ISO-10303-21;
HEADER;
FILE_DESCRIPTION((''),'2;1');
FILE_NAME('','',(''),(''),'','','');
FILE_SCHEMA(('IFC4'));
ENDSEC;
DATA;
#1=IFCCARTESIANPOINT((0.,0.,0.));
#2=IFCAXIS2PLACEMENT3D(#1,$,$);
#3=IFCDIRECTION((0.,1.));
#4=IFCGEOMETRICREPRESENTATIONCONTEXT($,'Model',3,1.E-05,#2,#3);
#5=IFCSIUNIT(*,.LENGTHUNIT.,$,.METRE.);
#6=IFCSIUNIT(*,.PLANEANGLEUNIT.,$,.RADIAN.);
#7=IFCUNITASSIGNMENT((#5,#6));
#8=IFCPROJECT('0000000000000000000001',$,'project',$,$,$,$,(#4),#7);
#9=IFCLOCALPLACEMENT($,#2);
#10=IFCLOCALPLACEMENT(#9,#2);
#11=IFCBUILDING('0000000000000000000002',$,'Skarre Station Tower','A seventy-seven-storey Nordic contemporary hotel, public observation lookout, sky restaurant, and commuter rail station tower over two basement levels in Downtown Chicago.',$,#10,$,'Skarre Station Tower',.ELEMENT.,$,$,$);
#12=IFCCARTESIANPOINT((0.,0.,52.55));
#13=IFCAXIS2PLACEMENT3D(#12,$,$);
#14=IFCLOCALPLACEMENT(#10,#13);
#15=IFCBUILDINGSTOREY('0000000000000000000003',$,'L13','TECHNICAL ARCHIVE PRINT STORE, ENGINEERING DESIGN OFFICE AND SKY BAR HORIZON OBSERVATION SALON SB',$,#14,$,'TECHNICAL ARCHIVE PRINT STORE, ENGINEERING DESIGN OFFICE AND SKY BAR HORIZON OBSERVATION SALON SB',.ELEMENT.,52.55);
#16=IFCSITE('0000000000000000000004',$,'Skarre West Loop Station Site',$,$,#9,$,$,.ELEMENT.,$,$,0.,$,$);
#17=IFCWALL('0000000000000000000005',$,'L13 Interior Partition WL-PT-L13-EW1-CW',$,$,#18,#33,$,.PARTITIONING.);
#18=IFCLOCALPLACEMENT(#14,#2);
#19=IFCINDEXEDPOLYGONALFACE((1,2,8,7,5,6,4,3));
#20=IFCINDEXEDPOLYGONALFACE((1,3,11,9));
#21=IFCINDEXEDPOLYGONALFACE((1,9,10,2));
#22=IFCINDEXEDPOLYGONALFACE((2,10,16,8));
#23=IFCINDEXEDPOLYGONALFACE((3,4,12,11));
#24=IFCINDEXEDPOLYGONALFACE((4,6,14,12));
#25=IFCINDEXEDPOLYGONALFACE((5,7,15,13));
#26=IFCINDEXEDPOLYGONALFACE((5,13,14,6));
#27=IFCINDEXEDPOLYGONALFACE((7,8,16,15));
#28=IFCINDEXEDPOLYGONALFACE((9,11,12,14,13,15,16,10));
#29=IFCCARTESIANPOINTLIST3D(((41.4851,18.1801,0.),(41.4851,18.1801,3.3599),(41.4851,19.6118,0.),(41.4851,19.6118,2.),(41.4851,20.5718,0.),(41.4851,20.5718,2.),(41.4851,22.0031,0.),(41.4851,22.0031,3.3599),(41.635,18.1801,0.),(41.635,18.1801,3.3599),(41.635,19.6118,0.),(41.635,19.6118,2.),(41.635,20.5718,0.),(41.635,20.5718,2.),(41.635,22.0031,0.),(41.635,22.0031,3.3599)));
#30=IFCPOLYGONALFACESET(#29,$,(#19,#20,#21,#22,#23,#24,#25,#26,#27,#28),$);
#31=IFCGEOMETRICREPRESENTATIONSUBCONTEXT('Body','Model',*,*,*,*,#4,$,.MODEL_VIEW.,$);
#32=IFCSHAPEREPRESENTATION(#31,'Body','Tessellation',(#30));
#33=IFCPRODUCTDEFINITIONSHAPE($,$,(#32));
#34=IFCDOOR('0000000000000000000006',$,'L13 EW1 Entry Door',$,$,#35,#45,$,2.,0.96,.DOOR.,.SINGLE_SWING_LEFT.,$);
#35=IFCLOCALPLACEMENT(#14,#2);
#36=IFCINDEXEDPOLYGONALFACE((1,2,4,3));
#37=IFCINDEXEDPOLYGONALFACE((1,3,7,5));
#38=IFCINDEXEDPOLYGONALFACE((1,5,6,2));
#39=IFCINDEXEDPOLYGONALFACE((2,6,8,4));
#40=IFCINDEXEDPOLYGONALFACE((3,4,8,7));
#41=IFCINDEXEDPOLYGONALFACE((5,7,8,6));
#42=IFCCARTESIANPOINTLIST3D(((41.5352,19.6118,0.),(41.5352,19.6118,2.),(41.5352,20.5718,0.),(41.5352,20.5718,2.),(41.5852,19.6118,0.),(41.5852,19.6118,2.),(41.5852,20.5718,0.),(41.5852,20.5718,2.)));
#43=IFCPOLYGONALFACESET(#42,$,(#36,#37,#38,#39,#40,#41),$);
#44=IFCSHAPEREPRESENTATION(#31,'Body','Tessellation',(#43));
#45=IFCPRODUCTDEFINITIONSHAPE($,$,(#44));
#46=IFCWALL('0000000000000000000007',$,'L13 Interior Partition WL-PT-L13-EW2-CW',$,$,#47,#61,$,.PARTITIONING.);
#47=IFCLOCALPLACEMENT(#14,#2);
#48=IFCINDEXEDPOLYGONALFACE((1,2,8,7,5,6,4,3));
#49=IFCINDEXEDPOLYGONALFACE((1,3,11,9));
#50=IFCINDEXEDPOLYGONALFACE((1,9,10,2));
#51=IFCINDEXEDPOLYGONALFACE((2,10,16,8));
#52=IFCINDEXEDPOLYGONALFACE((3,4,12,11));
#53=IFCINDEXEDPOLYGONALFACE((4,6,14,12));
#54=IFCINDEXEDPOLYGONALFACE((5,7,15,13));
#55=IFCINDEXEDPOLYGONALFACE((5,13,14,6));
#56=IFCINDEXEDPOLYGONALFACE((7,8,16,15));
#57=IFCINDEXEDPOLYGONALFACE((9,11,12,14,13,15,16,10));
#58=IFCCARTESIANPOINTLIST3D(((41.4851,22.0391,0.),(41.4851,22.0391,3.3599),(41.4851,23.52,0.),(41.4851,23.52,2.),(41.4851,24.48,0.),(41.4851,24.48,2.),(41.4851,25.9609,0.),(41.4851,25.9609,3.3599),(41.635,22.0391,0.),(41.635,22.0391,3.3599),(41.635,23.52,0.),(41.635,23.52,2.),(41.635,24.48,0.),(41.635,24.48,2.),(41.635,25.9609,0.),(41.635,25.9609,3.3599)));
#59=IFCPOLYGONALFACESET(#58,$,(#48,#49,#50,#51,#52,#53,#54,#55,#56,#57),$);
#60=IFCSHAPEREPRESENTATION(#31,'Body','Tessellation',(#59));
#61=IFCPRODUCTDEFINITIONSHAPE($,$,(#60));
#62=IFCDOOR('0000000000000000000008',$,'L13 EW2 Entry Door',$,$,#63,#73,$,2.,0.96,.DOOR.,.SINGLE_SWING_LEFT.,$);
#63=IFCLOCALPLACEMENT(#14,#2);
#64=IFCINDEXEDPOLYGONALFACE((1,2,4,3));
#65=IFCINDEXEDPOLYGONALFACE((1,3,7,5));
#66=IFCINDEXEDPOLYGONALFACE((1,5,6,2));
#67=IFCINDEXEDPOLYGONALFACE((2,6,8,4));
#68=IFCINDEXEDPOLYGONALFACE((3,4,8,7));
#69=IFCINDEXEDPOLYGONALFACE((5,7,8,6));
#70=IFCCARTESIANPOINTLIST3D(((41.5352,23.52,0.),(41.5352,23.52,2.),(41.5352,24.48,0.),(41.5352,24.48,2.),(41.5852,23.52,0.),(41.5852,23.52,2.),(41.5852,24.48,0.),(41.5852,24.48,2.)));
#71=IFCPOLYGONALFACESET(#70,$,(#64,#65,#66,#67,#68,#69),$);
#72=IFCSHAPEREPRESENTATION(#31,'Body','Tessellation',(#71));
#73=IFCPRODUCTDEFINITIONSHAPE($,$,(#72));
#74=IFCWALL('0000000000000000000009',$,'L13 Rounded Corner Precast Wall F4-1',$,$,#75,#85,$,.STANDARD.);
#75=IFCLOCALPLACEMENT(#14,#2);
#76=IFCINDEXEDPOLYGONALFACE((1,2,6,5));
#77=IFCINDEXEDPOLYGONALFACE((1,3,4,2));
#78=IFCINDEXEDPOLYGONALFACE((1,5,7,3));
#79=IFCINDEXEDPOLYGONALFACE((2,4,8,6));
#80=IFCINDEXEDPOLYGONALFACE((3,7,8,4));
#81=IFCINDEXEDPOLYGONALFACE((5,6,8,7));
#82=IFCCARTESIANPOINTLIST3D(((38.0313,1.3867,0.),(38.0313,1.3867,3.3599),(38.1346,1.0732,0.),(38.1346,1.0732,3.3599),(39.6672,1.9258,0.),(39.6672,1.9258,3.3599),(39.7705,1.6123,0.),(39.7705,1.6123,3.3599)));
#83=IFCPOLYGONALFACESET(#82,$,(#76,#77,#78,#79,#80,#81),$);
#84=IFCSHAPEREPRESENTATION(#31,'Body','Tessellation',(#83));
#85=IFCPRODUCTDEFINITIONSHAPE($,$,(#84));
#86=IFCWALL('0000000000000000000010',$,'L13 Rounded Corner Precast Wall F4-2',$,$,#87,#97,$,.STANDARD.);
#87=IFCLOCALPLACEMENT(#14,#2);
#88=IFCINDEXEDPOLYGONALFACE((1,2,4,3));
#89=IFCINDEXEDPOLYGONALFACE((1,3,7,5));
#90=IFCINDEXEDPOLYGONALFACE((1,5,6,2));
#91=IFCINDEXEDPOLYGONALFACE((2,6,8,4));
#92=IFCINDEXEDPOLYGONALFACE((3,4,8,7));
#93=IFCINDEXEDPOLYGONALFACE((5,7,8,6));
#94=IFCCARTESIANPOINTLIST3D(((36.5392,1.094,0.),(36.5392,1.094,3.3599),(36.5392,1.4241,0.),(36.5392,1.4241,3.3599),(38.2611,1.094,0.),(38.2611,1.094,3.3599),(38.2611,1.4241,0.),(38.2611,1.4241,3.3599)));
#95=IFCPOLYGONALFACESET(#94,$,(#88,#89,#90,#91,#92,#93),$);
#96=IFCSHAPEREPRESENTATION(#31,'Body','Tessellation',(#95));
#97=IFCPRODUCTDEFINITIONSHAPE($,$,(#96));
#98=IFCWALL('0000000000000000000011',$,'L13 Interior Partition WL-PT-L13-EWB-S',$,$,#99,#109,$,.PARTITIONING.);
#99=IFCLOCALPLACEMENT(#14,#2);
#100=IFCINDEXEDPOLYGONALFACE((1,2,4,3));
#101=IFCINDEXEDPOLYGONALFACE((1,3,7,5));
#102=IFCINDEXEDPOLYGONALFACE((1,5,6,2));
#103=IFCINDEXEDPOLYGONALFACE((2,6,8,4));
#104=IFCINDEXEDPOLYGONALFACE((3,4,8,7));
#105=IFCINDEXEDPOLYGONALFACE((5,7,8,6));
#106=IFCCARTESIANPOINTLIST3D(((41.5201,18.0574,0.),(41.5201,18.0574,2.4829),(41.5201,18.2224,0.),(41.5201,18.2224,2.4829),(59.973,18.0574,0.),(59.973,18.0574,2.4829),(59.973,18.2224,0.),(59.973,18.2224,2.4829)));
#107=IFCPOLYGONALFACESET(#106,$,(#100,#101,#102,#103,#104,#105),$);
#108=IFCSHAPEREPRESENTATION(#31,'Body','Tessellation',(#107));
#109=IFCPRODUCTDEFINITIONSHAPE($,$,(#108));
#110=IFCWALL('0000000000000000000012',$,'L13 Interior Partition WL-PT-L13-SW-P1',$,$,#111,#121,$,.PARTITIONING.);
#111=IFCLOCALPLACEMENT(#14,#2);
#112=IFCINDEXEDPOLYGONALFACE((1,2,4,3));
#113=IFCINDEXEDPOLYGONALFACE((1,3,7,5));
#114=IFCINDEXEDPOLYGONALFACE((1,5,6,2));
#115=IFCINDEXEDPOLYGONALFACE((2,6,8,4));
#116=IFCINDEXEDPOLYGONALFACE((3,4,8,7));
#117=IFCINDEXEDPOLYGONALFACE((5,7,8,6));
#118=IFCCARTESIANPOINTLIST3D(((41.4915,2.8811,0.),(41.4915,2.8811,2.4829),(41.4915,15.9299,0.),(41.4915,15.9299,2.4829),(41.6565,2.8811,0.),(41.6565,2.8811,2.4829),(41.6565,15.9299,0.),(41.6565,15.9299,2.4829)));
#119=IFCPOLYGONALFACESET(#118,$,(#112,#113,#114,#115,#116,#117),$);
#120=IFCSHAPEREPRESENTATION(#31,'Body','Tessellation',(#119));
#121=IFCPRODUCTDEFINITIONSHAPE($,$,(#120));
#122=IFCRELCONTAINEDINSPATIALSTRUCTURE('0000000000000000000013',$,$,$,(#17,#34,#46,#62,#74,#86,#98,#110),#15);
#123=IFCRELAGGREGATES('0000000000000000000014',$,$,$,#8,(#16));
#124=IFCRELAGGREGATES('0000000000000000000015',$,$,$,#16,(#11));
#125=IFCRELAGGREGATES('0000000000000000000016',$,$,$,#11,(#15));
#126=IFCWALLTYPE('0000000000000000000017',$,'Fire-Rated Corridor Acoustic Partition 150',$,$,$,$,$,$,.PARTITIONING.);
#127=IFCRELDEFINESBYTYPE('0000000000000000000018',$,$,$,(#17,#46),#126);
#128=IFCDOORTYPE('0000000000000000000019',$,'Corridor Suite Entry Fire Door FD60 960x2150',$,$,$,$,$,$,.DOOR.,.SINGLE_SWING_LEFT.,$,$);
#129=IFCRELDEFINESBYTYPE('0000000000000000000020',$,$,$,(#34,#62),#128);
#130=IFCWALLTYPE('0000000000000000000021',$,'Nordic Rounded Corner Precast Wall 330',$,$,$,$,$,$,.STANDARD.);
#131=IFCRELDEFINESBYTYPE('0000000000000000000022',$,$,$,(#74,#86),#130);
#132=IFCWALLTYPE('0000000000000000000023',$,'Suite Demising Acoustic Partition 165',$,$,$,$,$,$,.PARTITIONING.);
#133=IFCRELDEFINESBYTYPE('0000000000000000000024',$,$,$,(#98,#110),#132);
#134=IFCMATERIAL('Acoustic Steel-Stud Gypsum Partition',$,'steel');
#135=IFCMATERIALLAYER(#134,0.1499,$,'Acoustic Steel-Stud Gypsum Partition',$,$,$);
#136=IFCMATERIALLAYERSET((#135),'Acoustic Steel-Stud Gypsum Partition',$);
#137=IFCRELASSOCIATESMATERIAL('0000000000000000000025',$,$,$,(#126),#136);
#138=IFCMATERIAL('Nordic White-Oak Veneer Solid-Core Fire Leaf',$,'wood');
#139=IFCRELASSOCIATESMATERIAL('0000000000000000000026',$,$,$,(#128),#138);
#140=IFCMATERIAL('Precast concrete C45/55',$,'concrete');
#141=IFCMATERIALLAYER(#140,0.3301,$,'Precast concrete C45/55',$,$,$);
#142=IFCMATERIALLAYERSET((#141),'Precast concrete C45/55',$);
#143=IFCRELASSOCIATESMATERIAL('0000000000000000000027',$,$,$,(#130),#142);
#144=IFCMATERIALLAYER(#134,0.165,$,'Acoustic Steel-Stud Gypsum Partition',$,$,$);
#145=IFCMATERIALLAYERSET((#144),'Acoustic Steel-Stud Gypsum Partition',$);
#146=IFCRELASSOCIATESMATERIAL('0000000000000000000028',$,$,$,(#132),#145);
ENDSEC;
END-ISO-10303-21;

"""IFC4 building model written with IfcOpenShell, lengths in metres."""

from ifc_helpers import new_model, si_unit, direction, frame, frame_2d, origin, place, context, subcontext, project, spatial, rectangle, extrude, material, layer, layer_set, type_object, element, fill, save


model = new_model("IFC4")

# Units and contexts
model_context = context("Model", 3, precision=1e-05, world=origin(), true_north=direction((0.0, 1.0)))
body_context = subcontext(model_context, "Body", "Model", "MODEL_VIEW")
ifc_project = project(units=[si_unit("LENGTHUNIT", "METRE"), si_unit("PLANEANGLEUNIT", "RADIAN")], contexts=[model_context])

# Site, building, storey
site_placement = place(None, origin())
site = spatial("IfcSite", under=ifc_project, at=site_placement, Name="Skarre West Loop Station Site", CompositionType="ELEMENT", RefElevation=0.0)
building_placement = place(site_placement, origin())
building = spatial("IfcBuilding", under=site, at=building_placement, Name="Skarre Station Tower", Description="A seventy-seven-storey Nordic contemporary hotel, public observation lookout, sky restaurant, and commuter rail station tower over two basement levels in Downtown Chicago.", LongName="Skarre Station Tower", CompositionType="ELEMENT")
storey_placement = place(building_placement, frame((0.0, 0.0, 52.55)))
storey = spatial("IfcBuildingStorey", under=building, at=storey_placement, Name="L13", Description="TECHNICAL ARCHIVE PRINT STORE, ENGINEERING DESIGN OFFICE AND SKY BAR HORIZON OBSERVATION SALON SB", LongName="TECHNICAL ARCHIVE PRINT STORE, ENGINEERING DESIGN OFFICE AND SKY BAR HORIZON OBSERVATION SALON SB", CompositionType="ELEMENT", Elevation=52.55)

# Shared definitions
ifc_material_1 = material(Name="Acoustic Steel-Stud Gypsum Partition", Category="steel")
ifc_layer_1 = layer(ifc_material_1, 0.1499, Name="Acoustic Steel-Stud Gypsum Partition")
ifc_layer_set_1 = layer_set([ifc_layer_1], Name="Acoustic Steel-Stud Gypsum Partition")
wall_type_1 = type_object("IfcWallType", Name="Fire-Rated Corridor Acoustic Partition 150", PredefinedType="PARTITIONING", material=ifc_layer_set_1)

# Walls, openings, doors
wall_1_placement = place(storey_placement, frame((41.5601, 18.1799, 0.0), z_axis=(0.0, 0.0, 1.0), x_axis=(0.0, 1.0, 0.0)))
wall_1 = element("IfcWall", 1, at=wall_1_placement, inside=storey, type_object=wall_type_1, Name="L13 Interior Partition WL-PT-L13-EW1-CW", PredefinedType="PARTITIONING", context=body_context, shape_type="SweptSolid", body=[
    extrude(rectangle(XDim=3.823, YDim=0.1499, at=frame_2d((1.9116, 0.0))), origin(), (0.0, 0.0, 1.0), 3.3599),
])
opening_1_placement = place(wall_1_placement, frame((1.4319, 0.0, 0.0)))
opening_1 = element("IfcOpeningElement", 2, at=opening_1_placement, cuts=wall_1, PredefinedType="OPENING", context=body_context, shape_type="SweptSolid", body=[
    extrude(rectangle(XDim=0.96, YDim=2.0, at=frame_2d((0.48, 1.0))), frame((0.0, 0.085, 0.0), z_axis=(0.0, -1.0, 0.0), x_axis=(1.0, 0.0, 0.0)), (0.0, 0.0, 1.0), 0.1699),
])
ifc_material_2 = material(Name="Nordic White-Oak Veneer Solid-Core Fire Leaf", Category="wood")
door_type = type_object("IfcDoorType", Name="Corridor Suite Entry Fire Door FD60 960x2150", OperationType="SINGLE_SWING_LEFT", PredefinedType="DOOR", material=ifc_material_2)
door_1_placement = place(opening_1_placement, origin())
door_1 = element("IfcDoor", 3, at=door_1_placement, inside=storey, type_object=door_type, Name="L13 EW1 Entry Door", OperationType="SINGLE_SWING_LEFT", OverallHeight=2.0, OverallWidth=0.96, PredefinedType="DOOR", context=body_context, shape_type="SweptSolid", body=[
    extrude(rectangle(XDim=0.96, YDim=2.0, at=frame_2d((0.48, 1.0))), frame((0.0, 0.0249, 0.0), z_axis=(0.0, -1.0, 0.0), x_axis=(1.0, 0.0, 0.0)), (0.0, 0.0, 1.0), 0.05),
])
fill(opening_1, door_1)
wall_2_placement = place(storey_placement, frame((41.5601, 22.0391, 0.0), z_axis=(0.0, 0.0, 1.0), x_axis=(0.0, 1.0, 0.0)))
wall_2 = element("IfcWall", 4, at=wall_2_placement, inside=storey, type_object=wall_type_1, Name="L13 Interior Partition WL-PT-L13-EW2-CW", PredefinedType="PARTITIONING", context=body_context, shape_type="SweptSolid", body=[
    extrude(rectangle(XDim=3.9219, YDim=0.1499, at=frame_2d((1.9609, 0.0))), origin(), (0.0, 0.0, 1.0), 3.3599),
])
opening_2_placement = place(wall_2_placement, frame((1.481, 0.0, 0.0)))
opening_2 = element("IfcOpeningElement", 5, at=opening_2_placement, cuts=wall_2, PredefinedType="OPENING", context=body_context, shape_type="SweptSolid", body=[
    extrude(rectangle(XDim=0.96, YDim=2.0, at=frame_2d((0.48, 1.0))), frame((0.0, 0.085, 0.0), z_axis=(0.0, -1.0, 0.0), x_axis=(1.0, 0.0, 0.0)), (0.0, 0.0, 1.0), 0.1699),
])
door_2_placement = place(opening_2_placement, origin())
door_2 = element("IfcDoor", 6, at=door_2_placement, inside=storey, type_object=door_type, Name="L13 EW2 Entry Door", OperationType="SINGLE_SWING_LEFT", OverallHeight=2.0, OverallWidth=0.96, PredefinedType="DOOR", context=body_context, shape_type="SweptSolid", body=[
    extrude(rectangle(XDim=0.96, YDim=2.0, at=frame_2d((0.48, 1.0))), frame((0.0, 0.0249, 0.0), z_axis=(0.0, -1.0, 0.0), x_axis=(1.0, 0.0, 0.0)), (0.0, 0.0, 1.0), 0.05),
])
fill(opening_2, door_2)

# Walls
ifc_material_3 = material(Name="Precast concrete C45/55", Category="concrete")
ifc_layer_2 = layer(ifc_material_3, 0.3301, Name="Precast concrete C45/55")
ifc_layer_set_2 = layer_set([ifc_layer_2], Name="Precast concrete C45/55")
wall_type_2 = type_object("IfcWallType", Name="Nordic Rounded Corner Precast Wall 330", PredefinedType="STANDARD", material=ifc_layer_set_2)
wall_3_placement = place(storey_placement, frame((39.719, 1.769, 0.0), z_axis=(0.0, 0.0, 1.0), x_axis=(-0.949769, -0.312952, 0.0)))
element("IfcWall", 7, at=wall_3_placement, inside=storey, type_object=wall_type_2, Name="L13 Rounded Corner Precast Wall F4-1", PredefinedType="STANDARD", context=body_context, shape_type="SweptSolid", body=[
    extrude(rectangle(XDim=1.7224, YDim=0.3301, at=frame_2d((0.8613, 0.0))), origin(), (0.0, 0.0, 1.0), 3.3599),
])
wall_4_placement = place(storey_placement, frame((38.261, 1.259, 0.0), z_axis=(0.0, 0.0, 1.0), x_axis=(-1.0, 0.0, 0.0)))
element("IfcWall", 8, at=wall_4_placement, inside=storey, type_object=wall_type_2, Name="L13 Rounded Corner Precast Wall F4-2", PredefinedType="STANDARD", context=body_context, shape_type="SweptSolid", body=[
    extrude(rectangle(XDim=1.7219, YDim=0.3301, at=frame_2d((0.8608, 0.0))), origin(), (0.0, 0.0, 1.0), 3.3599),
])
ifc_layer_3 = layer(ifc_material_1, 0.165, Name="Acoustic Steel-Stud Gypsum Partition")
ifc_layer_set_3 = layer_set([ifc_layer_3], Name="Acoustic Steel-Stud Gypsum Partition")
wall_type_3 = type_object("IfcWallType", Name="Suite Demising Acoustic Partition 165", PredefinedType="PARTITIONING", material=ifc_layer_set_3)
wall_5_placement = place(storey_placement, frame((41.52, 18.1399, 0.0), z_axis=(0.0, 0.0, 1.0), x_axis=(1.0, 0.0, 0.0)))
element("IfcWall", 9, at=wall_5_placement, inside=storey, type_object=wall_type_3, Name="L13 Interior Partition WL-PT-L13-EWB-S", PredefinedType="PARTITIONING", context=body_context, shape_type="SweptSolid", body=[
    extrude(rectangle(XDim=18.4529, YDim=0.165, at=frame_2d((9.2266, 0.0))), origin(), (0.0, 0.0, 1.0), 2.4829),
])
wall_6_placement = place(storey_placement, frame((41.574, 2.8811, 0.0), z_axis=(0.0, 0.0, 1.0), x_axis=(0.0, 1.0, 0.0)))
element("IfcWall", 10, at=wall_6_placement, inside=storey, type_object=wall_type_3, Name="L13 Interior Partition WL-PT-L13-SW-P1", PredefinedType="PARTITIONING", context=body_context, shape_type="SweptSolid", body=[
    extrude(rectangle(XDim=13.0488, YDim=0.165, at=frame_2d((6.5244, 0.0))), origin(), (0.0, 0.0, 1.0), 2.4829),
])

save(model, "model.ifc")
